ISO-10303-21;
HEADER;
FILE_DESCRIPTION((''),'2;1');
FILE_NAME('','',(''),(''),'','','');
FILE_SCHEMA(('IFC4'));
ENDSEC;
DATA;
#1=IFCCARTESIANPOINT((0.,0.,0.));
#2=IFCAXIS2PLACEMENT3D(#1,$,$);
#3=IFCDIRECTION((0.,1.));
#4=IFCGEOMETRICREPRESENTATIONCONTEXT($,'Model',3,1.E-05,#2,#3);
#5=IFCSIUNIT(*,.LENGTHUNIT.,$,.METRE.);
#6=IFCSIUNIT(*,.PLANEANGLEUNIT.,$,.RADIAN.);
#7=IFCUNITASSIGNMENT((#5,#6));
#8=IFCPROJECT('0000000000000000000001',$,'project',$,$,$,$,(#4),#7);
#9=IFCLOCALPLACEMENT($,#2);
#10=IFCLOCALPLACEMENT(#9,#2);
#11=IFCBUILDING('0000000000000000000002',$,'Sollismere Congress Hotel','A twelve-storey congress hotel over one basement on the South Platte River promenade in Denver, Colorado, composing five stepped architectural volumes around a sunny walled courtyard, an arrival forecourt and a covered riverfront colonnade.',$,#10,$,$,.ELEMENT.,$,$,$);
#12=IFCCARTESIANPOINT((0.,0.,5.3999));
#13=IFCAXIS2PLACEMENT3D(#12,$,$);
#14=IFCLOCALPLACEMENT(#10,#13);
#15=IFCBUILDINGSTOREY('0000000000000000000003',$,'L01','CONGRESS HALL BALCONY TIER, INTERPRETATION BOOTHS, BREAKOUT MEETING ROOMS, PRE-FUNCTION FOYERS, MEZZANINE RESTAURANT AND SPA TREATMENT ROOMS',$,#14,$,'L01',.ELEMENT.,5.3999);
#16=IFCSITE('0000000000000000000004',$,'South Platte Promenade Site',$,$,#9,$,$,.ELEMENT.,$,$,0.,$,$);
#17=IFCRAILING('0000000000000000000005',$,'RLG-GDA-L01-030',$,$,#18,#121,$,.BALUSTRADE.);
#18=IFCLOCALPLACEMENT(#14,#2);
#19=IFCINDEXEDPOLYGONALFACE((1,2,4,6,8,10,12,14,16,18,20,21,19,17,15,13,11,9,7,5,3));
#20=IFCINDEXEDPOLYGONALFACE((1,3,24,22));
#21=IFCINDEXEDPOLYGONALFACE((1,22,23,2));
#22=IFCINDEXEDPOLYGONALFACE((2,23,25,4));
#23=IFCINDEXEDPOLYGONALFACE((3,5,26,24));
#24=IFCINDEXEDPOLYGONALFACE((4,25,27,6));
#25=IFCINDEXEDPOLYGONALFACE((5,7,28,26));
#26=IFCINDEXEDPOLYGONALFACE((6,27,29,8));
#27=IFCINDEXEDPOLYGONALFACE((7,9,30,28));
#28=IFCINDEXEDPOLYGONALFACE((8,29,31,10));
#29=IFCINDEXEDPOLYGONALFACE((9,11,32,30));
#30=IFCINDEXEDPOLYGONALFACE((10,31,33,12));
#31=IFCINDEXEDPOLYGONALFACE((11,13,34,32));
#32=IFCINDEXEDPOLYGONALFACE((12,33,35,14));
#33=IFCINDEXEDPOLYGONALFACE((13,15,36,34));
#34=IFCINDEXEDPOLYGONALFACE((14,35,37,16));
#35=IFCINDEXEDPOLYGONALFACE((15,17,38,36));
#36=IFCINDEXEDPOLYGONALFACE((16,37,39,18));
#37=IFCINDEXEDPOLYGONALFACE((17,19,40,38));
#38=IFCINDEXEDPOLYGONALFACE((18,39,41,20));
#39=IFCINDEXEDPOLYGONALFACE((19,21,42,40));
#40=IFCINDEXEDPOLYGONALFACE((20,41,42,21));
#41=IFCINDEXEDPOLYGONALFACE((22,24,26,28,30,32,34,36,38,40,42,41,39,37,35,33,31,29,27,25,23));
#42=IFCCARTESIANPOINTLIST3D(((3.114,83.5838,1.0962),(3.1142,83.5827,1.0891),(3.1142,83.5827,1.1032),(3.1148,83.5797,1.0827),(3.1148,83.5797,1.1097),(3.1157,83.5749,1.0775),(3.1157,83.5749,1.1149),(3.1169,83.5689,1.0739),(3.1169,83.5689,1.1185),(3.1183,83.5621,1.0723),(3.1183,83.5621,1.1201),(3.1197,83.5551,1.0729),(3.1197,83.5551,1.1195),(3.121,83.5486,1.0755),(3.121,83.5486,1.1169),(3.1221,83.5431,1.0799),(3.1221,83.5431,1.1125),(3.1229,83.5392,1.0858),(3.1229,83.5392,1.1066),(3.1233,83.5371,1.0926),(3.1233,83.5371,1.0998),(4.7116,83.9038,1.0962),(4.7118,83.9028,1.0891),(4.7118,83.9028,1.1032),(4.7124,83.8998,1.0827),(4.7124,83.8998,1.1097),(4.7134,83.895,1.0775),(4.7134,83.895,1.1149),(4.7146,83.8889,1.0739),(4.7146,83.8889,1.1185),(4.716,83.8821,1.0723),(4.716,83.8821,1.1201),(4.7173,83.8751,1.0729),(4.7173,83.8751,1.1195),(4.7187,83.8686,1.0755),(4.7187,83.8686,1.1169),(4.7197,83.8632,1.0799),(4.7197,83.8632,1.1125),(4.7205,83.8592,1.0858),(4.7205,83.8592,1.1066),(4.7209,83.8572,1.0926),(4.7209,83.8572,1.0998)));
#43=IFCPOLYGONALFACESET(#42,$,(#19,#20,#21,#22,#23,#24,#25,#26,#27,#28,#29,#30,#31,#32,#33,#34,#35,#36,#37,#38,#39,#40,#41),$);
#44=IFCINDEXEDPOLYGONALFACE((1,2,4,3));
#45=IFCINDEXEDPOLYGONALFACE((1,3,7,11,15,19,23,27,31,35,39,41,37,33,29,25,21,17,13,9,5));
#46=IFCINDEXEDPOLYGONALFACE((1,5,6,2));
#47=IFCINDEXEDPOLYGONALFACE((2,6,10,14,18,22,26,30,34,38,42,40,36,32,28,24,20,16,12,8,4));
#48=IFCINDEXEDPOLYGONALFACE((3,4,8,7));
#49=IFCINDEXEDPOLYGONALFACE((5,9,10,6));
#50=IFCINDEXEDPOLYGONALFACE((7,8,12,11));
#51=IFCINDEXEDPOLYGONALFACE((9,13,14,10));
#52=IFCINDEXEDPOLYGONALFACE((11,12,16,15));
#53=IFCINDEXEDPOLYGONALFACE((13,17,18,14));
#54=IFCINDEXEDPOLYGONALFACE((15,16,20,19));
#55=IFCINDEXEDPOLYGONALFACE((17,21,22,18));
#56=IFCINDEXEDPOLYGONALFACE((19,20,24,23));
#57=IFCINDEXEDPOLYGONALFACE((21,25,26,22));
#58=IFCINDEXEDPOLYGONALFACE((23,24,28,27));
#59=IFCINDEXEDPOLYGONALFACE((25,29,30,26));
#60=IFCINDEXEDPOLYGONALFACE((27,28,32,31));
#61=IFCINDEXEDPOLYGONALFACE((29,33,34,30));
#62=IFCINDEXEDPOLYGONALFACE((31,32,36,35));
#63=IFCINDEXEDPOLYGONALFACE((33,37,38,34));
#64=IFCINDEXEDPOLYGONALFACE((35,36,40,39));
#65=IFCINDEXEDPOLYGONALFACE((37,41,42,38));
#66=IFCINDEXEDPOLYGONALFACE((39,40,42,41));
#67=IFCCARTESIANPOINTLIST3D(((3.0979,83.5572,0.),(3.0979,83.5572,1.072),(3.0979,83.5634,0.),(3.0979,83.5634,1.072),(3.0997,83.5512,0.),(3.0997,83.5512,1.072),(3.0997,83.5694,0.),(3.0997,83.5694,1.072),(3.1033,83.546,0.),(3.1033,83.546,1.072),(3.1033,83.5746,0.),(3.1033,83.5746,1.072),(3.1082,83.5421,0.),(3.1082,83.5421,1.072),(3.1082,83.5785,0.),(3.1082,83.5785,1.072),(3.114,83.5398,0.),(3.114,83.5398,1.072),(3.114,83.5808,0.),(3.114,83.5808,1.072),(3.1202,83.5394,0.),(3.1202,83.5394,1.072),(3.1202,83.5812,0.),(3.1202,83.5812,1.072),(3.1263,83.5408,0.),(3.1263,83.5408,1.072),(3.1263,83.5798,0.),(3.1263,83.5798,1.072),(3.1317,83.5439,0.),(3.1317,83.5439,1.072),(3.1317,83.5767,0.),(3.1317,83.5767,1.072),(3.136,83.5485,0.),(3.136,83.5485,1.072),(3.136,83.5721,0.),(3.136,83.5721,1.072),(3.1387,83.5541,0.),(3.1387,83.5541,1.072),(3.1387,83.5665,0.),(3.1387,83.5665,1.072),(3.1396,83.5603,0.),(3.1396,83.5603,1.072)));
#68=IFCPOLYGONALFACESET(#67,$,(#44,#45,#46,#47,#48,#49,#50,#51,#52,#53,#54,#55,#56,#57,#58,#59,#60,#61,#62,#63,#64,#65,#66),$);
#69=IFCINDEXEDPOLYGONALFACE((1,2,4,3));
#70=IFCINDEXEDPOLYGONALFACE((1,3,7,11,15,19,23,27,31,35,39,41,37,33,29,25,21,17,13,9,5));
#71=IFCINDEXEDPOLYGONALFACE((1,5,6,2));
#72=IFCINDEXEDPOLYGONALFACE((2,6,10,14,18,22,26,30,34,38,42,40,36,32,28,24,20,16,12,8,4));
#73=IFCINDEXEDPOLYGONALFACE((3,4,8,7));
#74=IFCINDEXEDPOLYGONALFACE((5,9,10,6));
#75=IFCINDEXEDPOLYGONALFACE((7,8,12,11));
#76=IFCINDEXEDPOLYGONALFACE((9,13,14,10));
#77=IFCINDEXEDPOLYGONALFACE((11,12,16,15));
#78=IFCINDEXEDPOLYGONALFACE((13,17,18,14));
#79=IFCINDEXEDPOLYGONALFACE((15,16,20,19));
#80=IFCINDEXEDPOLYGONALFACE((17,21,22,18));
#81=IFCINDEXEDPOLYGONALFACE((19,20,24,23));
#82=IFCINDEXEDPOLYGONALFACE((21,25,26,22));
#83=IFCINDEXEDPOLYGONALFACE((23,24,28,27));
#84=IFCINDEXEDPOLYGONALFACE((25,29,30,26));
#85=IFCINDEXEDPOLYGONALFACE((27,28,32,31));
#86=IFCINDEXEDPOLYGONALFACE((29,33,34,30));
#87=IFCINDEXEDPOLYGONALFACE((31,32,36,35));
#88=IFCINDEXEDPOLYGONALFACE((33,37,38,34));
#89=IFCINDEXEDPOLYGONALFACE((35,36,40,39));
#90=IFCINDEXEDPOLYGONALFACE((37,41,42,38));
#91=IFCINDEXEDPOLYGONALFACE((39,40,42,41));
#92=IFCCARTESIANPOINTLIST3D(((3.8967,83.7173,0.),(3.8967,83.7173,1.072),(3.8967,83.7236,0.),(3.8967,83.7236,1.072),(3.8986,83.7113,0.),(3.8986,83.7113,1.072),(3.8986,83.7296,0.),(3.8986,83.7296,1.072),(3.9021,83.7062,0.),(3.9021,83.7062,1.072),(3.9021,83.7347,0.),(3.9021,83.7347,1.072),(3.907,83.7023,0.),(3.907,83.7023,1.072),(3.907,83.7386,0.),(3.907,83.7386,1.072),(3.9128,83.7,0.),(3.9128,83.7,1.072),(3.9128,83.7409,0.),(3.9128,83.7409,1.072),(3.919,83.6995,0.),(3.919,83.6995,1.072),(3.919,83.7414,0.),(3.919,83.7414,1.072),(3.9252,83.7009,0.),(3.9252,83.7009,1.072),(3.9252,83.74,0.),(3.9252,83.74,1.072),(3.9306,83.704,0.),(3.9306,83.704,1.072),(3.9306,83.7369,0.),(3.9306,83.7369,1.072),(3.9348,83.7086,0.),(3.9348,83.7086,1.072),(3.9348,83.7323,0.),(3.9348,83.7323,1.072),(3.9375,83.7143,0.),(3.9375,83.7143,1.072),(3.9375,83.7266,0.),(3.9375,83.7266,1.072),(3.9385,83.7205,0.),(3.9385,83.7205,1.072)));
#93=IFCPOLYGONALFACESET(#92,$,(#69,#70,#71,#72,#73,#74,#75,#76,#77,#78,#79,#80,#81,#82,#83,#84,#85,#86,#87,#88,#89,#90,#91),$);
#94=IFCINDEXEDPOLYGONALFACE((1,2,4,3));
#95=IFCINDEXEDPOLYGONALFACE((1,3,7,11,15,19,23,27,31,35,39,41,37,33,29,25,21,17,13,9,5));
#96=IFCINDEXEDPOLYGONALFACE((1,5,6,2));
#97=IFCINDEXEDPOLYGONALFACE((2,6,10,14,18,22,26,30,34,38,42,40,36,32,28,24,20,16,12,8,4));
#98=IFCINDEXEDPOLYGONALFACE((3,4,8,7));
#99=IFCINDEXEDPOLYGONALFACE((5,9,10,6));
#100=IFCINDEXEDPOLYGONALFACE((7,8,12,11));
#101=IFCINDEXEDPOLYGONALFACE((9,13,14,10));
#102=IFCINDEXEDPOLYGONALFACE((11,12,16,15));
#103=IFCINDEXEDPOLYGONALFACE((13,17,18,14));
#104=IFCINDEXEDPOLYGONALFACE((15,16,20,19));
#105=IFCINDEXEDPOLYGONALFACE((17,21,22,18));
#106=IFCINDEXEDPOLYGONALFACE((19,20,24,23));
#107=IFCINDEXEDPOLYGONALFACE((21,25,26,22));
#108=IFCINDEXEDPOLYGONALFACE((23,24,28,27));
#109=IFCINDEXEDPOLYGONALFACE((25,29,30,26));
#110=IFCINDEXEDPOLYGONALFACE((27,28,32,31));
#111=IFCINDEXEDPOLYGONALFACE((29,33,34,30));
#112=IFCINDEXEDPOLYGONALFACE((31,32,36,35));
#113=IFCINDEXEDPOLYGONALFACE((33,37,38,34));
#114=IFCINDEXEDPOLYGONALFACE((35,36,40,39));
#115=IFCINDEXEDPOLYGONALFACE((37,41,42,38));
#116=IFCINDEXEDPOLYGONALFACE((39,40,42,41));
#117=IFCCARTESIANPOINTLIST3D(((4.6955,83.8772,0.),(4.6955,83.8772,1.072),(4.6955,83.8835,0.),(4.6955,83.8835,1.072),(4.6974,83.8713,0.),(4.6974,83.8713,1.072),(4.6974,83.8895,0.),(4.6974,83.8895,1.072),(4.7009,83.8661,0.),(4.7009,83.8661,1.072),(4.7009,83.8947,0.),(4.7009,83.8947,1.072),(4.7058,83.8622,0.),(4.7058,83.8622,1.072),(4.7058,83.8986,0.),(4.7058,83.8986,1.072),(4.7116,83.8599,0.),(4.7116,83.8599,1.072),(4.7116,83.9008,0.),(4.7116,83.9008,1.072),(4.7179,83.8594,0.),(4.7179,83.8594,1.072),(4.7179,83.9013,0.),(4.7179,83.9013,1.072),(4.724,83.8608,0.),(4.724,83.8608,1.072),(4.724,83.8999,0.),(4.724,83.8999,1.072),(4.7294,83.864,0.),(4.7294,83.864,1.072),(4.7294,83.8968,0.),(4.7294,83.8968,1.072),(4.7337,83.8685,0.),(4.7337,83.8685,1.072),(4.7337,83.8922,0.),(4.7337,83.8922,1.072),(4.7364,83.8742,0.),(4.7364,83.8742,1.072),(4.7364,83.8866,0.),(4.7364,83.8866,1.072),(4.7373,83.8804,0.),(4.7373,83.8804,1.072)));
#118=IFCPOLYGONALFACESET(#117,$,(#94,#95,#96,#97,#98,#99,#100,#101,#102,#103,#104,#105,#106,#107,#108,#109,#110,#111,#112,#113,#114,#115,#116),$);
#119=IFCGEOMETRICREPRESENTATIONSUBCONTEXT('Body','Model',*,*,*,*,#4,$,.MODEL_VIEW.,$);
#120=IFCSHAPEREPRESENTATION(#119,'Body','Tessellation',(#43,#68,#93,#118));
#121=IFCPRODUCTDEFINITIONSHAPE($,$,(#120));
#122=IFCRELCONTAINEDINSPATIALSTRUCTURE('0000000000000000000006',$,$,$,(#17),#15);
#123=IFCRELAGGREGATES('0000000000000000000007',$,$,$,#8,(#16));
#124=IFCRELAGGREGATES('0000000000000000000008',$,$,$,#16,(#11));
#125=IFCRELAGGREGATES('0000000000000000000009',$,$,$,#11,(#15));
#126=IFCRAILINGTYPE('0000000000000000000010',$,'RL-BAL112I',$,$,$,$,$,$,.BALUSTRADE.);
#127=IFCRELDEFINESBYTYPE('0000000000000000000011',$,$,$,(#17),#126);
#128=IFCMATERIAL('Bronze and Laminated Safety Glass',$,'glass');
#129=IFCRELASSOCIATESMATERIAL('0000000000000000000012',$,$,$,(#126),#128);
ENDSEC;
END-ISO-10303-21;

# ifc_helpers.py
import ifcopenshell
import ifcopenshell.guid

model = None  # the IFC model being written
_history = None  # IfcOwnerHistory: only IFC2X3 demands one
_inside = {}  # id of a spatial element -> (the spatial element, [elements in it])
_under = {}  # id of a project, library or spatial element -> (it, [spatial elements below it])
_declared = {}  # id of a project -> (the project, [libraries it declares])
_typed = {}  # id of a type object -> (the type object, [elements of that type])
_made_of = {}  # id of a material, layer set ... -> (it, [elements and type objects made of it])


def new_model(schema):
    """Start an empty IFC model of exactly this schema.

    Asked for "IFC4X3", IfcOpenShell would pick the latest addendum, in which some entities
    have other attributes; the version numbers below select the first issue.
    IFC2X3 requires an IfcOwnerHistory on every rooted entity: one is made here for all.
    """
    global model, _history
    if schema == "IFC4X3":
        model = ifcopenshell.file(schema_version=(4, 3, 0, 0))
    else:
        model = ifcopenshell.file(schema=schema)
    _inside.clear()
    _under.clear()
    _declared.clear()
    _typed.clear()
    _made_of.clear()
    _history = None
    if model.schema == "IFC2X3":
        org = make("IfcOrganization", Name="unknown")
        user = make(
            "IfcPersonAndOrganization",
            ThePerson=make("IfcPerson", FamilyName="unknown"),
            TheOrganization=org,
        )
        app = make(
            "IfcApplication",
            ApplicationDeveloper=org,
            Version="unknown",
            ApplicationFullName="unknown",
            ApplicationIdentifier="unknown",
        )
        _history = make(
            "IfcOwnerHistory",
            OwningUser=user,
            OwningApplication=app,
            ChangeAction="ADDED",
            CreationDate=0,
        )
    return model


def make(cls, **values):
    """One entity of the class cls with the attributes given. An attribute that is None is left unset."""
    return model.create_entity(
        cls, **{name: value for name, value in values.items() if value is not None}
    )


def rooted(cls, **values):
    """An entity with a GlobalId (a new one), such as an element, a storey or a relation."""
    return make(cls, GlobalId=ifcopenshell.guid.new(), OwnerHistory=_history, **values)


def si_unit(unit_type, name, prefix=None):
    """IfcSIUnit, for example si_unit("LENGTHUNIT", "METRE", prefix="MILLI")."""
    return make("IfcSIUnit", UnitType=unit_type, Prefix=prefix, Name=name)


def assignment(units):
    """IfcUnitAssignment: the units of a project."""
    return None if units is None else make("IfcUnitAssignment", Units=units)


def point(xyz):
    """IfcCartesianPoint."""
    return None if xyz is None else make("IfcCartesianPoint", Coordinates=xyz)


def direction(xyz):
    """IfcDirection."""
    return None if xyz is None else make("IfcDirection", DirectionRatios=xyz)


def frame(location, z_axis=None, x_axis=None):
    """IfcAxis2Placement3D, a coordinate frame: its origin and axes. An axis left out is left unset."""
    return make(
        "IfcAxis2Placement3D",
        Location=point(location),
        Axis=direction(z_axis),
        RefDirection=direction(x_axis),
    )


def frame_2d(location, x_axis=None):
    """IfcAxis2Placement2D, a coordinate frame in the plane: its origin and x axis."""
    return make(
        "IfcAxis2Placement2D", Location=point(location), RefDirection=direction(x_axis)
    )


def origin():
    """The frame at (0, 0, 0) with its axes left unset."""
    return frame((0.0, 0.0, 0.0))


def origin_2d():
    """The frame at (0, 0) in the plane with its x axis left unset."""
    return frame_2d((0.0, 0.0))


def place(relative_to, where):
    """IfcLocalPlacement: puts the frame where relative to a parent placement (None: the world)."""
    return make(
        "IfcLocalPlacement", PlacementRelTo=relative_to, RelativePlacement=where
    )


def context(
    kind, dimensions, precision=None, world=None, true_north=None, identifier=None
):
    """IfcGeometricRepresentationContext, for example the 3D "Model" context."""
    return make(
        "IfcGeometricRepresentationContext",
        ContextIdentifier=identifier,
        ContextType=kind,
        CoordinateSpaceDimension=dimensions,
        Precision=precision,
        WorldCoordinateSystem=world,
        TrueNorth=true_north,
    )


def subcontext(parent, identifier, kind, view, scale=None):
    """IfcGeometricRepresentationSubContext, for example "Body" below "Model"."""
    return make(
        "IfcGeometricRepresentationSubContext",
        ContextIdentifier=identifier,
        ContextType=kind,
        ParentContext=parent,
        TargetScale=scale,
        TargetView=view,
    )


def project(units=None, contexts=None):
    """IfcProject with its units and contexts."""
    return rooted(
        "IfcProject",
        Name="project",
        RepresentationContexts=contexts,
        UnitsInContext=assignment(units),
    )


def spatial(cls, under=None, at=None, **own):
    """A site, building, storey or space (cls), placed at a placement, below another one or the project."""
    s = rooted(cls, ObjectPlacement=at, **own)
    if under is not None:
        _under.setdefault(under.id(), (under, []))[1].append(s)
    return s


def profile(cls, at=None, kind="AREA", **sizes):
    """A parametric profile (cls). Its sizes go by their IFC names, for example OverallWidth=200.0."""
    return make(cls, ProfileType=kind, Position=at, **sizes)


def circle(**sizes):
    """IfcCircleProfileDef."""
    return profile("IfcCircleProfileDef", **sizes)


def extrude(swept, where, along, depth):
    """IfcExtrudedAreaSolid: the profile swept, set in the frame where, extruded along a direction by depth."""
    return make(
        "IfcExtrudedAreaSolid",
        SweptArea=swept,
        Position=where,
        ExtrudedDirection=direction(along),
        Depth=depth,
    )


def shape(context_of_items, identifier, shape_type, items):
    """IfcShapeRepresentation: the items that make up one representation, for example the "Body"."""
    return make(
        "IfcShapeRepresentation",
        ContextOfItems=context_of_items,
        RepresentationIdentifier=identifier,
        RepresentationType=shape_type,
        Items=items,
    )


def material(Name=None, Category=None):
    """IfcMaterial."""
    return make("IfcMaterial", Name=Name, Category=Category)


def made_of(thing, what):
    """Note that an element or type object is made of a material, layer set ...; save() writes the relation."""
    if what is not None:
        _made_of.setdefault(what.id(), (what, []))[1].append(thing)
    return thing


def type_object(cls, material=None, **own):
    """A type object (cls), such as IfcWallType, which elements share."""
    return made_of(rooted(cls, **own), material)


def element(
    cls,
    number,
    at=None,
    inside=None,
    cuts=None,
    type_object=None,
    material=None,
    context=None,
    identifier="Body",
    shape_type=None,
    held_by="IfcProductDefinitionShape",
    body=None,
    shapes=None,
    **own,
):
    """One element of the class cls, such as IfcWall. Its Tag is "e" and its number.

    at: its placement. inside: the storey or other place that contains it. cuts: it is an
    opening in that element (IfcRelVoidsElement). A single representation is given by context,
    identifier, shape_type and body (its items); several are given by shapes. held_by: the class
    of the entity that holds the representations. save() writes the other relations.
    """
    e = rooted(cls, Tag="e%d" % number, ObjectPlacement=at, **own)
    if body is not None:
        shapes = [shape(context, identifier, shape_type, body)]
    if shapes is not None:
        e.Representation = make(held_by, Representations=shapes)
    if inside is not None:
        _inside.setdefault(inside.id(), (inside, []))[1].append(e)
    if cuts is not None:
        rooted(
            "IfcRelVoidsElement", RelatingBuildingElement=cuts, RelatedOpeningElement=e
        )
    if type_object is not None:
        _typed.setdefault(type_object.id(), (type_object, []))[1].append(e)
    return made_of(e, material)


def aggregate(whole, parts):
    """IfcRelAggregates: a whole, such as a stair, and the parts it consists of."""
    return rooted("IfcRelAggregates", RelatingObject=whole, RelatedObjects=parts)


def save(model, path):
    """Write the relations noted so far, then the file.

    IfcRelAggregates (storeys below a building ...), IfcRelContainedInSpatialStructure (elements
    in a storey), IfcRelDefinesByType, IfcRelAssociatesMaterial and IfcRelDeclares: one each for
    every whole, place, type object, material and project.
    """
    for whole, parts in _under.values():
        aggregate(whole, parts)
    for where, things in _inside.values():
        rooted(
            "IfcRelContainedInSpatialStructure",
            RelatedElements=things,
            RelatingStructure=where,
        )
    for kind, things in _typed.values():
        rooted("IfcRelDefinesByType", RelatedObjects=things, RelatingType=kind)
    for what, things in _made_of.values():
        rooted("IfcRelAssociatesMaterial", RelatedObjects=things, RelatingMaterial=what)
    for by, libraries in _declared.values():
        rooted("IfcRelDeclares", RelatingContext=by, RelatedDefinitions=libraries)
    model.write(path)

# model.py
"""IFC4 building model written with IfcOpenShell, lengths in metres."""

from ifc_helpers import new_model, si_unit, direction, frame, origin, origin_2d, place, context, subcontext, project, spatial, circle, extrude, material, type_object, element, save


model = new_model("IFC4")

# Units and contexts
model_context = context("Model", 3, precision=1e-05, world=origin(), true_north=direction((0.0, 1.0)))
body_context = subcontext(model_context, "Body", "Model", "MODEL_VIEW")
ifc_project = project(units=[si_unit("LENGTHUNIT", "METRE"), si_unit("PLANEANGLEUNIT", "RADIAN")], contexts=[model_context])

# Site, building, storey
site_placement = place(None, origin())
site = spatial("IfcSite", under=ifc_project, at=site_placement, Name="South Platte Promenade Site", CompositionType="ELEMENT", RefElevation=0.0)
building_placement = place(site_placement, origin())
building = spatial("IfcBuilding", under=site, at=building_placement, Name="Sollismere Congress Hotel", Description="A twelve-storey congress hotel over one basement on the South Platte River promenade in Denver, Colorado, composing five stepped architectural volumes around a sunny walled courtyard, an arrival forecourt and a covered riverfront colonnade.", CompositionType="ELEMENT")
storey_placement = place(building_placement, frame((0.0, 0.0, 5.3999)))
storey = spatial("IfcBuildingStorey", under=building, at=storey_placement, Name="L01", Description="CONGRESS HALL BALCONY TIER, INTERPRETATION BOOTHS, BREAKOUT MEETING ROOMS, PRE-FUNCTION FOYERS, MEZZANINE RESTAURANT AND SPA TREATMENT ROOMS", LongName="L01", CompositionType="ELEMENT", Elevation=5.3999)

# Railing
ifc_material_1 = material(Name="Bronze and Laminated Safety Glass", Category="glass")
railing_type = type_object("IfcRailingType", Name="RL-BAL112I", PredefinedType="BALUSTRADE", material=ifc_material_1)
railing_1_placement = place(storey_placement, frame((3.1187, 83.5603, 0.0)))
element("IfcRailing", 1, at=railing_1_placement, inside=storey, type_object=railing_type, Name="RLG-GDA-L01-030", PredefinedType="BALUSTRADE", context=body_context, shape_type="SweptSolid", body=[
    extrude(circle(Radius=0.0239, at=origin_2d()), frame((0.0, 0.0, 1.0962), z_axis=(0.980517, 0.196433, 0.0), x_axis=(-0.196433, 0.980517, 0.0)), (0.0, 0.0, 1.0), 1.6294),
    extrude(circle(Radius=0.021, at=origin_2d()), origin(), (0.0, 0.0, 1.0), 1.072),
    extrude(circle(Radius=0.021, at=origin_2d()), frame((0.7988, 0.1602, 0.0)), (0.0, 0.0, 1.0), 1.072),
    extrude(circle(Radius=0.021, at=origin_2d()), frame((1.5977, 0.3201, 0.0)), (0.0, 0.0, 1.0), 1.072),
])

save(model, "model.ifc")
